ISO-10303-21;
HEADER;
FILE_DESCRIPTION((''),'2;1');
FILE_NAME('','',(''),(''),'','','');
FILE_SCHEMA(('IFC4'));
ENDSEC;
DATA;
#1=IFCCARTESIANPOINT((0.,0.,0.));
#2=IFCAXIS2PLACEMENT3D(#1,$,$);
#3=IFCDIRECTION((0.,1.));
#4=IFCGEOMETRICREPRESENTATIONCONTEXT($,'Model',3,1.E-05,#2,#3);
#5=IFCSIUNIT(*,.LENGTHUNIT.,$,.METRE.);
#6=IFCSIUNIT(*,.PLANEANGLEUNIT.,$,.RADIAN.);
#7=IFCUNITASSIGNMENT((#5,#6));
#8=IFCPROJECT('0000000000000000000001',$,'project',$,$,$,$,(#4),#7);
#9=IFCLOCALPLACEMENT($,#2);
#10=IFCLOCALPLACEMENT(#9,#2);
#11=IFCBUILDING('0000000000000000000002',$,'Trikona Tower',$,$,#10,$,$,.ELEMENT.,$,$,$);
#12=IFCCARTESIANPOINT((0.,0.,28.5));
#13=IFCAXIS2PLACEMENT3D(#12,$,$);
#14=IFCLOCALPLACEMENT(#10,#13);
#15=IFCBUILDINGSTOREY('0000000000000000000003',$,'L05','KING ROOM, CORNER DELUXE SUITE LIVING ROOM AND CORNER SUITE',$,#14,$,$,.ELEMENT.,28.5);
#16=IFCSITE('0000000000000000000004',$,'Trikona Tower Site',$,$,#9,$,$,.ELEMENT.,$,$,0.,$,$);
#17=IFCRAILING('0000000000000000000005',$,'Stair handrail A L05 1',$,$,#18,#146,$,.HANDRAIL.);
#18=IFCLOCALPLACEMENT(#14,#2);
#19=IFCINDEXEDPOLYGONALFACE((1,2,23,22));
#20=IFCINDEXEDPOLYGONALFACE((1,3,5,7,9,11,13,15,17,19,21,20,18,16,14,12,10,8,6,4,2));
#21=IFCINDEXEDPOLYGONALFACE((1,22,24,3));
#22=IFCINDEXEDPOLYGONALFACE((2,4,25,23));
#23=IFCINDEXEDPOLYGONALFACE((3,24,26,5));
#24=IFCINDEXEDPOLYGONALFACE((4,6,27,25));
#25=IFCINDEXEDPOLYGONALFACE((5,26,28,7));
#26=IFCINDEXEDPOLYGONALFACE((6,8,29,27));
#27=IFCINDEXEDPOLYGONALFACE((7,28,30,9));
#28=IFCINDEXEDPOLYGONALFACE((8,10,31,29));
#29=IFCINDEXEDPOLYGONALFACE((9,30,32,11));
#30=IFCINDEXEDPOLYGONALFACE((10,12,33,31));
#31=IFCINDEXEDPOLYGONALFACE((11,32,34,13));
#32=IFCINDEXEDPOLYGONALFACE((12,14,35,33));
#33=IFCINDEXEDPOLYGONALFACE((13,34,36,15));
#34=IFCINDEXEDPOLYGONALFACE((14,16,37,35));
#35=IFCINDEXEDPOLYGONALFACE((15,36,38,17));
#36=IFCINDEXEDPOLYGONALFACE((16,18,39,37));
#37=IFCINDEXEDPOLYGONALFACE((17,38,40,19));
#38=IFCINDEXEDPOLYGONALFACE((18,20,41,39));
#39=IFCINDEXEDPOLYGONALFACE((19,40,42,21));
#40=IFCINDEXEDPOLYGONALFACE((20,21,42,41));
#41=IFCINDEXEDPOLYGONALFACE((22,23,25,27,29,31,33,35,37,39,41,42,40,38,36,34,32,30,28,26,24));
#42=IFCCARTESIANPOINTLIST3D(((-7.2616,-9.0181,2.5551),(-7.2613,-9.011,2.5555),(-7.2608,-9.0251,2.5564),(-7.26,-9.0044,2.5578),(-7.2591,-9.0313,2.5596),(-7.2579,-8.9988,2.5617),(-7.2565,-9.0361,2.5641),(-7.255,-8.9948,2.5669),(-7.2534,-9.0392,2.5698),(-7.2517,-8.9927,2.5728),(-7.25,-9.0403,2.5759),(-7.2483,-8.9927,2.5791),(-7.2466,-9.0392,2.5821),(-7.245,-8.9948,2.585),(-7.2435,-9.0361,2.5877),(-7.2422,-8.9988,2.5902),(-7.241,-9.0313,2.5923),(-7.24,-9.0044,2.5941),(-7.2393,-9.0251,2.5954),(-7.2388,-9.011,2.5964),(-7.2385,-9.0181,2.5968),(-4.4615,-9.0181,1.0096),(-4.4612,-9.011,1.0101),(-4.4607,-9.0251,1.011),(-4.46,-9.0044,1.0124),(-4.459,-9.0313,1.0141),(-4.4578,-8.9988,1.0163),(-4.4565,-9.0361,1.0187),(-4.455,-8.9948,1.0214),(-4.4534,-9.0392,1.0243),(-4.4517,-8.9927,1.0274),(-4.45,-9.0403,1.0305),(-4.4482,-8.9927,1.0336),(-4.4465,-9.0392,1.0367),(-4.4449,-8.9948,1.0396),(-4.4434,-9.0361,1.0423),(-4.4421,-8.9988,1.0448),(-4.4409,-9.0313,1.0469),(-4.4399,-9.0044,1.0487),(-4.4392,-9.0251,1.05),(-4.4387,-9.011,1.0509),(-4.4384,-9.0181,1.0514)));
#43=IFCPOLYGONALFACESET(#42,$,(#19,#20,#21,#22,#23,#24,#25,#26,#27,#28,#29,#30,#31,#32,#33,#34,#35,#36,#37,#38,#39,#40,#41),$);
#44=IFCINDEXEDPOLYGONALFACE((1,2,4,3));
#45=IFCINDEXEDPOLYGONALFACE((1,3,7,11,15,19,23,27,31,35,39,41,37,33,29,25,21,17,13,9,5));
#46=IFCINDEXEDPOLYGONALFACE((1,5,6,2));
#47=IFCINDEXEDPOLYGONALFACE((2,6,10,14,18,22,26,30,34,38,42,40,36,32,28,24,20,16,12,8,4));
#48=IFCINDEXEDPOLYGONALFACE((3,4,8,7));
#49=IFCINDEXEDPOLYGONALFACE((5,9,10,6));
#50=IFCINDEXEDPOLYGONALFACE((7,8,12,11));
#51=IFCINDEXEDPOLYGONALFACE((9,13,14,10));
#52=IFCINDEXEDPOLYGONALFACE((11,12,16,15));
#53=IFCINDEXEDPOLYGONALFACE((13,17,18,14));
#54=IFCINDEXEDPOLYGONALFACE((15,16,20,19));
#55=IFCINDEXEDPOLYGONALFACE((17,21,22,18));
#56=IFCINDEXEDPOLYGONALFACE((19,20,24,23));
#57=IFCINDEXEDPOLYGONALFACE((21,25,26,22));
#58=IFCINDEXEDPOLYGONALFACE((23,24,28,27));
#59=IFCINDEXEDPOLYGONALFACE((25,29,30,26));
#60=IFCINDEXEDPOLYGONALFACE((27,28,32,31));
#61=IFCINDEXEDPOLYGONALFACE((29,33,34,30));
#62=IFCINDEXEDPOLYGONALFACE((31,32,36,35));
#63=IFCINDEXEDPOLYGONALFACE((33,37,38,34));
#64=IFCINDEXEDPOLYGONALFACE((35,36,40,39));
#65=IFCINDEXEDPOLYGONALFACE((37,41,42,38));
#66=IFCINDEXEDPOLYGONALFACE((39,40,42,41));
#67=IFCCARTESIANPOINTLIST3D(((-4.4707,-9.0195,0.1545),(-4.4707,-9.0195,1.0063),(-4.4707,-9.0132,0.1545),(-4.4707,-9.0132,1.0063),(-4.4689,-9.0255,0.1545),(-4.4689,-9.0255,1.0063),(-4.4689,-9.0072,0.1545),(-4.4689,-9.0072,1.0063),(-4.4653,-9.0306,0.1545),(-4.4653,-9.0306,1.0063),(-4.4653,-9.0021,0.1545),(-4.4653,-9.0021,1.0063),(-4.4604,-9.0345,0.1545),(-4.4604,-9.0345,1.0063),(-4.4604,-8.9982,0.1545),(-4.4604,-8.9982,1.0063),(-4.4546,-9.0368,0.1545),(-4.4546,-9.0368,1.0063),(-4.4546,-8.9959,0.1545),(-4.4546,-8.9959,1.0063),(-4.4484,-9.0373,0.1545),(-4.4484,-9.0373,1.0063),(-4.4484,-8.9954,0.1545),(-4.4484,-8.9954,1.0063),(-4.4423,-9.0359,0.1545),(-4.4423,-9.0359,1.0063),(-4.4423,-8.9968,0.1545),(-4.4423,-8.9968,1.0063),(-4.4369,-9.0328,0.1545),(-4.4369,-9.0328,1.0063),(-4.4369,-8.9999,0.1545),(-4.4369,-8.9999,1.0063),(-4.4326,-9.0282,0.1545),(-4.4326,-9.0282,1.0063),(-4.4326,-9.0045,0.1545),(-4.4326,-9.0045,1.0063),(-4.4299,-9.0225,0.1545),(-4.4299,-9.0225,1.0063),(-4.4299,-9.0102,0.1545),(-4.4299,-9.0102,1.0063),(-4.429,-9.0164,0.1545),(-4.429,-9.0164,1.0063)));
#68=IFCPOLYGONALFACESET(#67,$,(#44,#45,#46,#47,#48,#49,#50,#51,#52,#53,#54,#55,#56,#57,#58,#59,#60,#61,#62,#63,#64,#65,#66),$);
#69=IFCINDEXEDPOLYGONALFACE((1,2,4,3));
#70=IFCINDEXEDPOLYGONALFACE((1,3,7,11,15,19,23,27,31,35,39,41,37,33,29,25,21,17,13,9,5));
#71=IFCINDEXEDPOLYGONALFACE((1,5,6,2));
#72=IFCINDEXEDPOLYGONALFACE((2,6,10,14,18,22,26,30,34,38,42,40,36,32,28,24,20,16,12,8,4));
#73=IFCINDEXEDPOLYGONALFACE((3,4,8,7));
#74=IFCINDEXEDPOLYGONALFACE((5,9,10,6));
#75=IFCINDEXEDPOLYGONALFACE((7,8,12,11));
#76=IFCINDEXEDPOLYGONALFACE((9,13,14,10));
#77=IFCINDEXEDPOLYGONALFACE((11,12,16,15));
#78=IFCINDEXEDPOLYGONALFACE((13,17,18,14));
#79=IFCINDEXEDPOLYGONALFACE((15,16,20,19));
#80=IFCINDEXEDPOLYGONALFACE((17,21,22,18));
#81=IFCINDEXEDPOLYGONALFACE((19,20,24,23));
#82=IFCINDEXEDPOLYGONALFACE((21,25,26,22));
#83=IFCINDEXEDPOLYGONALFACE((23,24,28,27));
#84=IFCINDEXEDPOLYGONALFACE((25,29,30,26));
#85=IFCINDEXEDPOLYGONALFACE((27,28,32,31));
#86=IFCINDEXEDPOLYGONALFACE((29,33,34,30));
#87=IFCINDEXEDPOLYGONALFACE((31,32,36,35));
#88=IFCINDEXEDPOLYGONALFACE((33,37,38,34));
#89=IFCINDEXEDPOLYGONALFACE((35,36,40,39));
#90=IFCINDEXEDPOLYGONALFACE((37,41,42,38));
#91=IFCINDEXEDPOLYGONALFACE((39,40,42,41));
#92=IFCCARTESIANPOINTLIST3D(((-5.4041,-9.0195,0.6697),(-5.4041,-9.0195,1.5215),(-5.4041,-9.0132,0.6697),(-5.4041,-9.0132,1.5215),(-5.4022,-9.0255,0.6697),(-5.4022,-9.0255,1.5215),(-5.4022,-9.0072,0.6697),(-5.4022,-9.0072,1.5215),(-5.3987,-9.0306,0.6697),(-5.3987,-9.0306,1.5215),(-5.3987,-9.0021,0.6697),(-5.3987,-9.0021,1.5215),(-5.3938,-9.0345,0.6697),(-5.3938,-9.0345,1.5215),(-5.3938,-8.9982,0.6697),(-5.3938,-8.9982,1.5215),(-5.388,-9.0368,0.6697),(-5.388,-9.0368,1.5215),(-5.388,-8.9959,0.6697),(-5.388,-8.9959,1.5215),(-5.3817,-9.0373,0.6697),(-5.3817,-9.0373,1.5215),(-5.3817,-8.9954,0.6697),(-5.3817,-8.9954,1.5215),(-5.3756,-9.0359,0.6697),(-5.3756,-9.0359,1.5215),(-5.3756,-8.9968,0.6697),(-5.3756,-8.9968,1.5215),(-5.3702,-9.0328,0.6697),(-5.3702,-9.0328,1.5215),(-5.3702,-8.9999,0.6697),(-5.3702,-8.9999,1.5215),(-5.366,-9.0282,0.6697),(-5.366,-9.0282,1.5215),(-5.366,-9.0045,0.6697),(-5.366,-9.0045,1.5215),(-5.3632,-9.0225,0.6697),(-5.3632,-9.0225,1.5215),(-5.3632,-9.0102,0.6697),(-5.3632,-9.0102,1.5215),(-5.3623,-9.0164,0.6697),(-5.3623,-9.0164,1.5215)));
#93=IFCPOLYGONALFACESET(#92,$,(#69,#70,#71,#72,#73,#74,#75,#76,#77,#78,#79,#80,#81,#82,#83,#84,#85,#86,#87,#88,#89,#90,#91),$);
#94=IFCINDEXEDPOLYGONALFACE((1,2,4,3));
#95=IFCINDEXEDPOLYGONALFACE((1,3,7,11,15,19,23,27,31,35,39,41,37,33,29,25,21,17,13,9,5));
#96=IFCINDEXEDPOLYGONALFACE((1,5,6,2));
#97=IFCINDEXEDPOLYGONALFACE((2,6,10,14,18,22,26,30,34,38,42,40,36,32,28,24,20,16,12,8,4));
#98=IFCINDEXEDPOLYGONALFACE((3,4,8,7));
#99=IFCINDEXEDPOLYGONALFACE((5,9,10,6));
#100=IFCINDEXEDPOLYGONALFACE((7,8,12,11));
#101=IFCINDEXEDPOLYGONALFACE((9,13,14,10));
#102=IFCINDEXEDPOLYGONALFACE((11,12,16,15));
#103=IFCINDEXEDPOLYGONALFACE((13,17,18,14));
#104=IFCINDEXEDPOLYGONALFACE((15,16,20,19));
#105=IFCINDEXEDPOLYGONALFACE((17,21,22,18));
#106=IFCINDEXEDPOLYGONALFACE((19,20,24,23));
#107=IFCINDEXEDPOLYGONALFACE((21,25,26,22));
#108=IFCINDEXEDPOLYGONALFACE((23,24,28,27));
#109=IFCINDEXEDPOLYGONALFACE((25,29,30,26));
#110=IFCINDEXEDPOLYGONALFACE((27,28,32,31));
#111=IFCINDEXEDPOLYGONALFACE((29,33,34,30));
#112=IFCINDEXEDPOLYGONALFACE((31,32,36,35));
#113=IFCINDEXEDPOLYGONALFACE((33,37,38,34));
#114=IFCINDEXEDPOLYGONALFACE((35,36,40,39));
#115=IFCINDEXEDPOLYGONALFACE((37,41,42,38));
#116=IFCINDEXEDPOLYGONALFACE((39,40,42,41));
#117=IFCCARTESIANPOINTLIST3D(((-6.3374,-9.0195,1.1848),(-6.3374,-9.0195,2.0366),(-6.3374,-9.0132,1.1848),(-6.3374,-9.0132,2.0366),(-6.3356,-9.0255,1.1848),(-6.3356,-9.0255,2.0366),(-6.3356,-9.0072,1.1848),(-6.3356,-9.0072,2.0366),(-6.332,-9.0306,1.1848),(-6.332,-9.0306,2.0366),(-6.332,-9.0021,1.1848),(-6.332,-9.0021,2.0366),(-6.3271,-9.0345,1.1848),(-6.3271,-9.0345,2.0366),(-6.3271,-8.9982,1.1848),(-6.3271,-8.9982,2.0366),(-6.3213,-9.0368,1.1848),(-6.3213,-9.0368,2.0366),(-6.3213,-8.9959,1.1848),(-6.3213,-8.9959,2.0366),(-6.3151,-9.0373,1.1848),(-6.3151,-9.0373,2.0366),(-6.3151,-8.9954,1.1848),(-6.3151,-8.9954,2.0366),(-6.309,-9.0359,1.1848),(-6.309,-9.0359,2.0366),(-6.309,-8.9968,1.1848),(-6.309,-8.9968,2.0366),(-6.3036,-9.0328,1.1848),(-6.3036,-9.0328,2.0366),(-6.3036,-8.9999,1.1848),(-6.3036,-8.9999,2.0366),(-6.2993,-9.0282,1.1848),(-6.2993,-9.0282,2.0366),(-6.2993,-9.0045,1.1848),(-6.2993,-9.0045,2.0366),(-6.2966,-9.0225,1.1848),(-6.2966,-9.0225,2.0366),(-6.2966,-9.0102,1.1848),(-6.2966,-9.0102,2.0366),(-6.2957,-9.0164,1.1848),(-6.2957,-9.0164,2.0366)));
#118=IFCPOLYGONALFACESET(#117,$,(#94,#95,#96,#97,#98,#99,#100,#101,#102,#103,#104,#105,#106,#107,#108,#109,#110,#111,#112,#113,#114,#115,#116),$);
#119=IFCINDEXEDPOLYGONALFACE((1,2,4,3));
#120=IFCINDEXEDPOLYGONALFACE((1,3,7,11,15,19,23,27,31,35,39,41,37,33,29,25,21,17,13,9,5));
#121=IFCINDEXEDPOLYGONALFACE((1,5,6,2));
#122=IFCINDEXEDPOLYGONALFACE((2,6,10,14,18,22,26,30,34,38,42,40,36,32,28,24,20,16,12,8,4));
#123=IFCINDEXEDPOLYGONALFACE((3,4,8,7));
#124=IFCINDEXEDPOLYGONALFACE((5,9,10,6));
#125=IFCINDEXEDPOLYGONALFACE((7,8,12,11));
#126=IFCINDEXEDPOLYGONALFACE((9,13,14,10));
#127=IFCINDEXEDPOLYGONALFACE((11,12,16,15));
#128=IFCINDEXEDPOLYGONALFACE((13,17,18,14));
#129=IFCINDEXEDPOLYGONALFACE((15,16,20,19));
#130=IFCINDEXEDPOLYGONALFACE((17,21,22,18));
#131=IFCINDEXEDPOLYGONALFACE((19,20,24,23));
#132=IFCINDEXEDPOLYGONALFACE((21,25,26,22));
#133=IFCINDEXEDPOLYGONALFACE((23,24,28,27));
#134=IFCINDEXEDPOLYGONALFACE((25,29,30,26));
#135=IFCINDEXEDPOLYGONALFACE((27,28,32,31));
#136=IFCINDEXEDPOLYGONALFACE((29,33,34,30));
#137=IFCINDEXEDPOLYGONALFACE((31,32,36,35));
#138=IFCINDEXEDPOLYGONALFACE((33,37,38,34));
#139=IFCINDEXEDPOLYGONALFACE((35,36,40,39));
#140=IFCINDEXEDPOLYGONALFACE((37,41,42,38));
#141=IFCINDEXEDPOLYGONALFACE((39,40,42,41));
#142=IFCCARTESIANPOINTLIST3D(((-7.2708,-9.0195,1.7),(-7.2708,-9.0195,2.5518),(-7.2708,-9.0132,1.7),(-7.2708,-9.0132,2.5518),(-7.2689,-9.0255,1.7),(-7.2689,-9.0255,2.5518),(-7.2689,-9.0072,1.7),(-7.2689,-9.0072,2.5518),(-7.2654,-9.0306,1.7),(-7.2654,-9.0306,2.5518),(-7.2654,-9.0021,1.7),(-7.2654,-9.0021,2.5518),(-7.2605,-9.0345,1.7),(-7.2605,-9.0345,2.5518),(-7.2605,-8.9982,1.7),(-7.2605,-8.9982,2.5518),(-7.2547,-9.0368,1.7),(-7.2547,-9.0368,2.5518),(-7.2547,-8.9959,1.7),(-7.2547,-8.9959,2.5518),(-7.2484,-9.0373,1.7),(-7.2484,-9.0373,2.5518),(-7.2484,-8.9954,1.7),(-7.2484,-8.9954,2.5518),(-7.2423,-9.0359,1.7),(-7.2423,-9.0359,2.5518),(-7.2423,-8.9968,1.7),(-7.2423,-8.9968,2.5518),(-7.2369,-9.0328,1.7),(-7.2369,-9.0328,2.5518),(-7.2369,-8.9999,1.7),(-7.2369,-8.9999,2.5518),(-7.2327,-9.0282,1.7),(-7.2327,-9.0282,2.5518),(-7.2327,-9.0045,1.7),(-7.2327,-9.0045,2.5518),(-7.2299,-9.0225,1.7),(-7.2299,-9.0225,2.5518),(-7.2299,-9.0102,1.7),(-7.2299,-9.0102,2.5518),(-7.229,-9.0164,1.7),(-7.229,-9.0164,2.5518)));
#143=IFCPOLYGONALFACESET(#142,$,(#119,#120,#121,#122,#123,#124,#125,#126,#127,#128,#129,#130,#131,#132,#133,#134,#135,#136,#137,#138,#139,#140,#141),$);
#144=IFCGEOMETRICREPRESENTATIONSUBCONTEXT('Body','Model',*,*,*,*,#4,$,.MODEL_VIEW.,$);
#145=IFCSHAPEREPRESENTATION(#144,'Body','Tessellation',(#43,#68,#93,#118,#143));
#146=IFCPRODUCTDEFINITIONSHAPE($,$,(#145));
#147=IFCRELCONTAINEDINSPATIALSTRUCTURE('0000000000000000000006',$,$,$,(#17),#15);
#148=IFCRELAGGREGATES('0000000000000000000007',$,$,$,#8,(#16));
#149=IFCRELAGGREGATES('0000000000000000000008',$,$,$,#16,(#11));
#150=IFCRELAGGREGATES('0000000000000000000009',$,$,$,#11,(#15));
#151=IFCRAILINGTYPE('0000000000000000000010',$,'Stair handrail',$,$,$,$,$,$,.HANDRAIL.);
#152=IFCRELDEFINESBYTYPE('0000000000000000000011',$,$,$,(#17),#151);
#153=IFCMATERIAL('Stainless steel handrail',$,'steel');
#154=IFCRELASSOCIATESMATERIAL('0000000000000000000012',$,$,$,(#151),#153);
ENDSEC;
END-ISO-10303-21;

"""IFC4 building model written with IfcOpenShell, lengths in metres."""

from ifc_helpers import new_model, si_unit, direction, frame, origin, origin_2d, place, context, subcontext, project, spatial, circle, extrude, material, type_object, element, save


model = new_model("IFC4")

# Units and contexts
model_context = context("Model", 3, precision=1e-05, world=origin(), true_north=direction((0.0, 1.0)))
body_context = subcontext(model_context, "Body", "Model", "MODEL_VIEW")
ifc_project = project(units=[si_unit("LENGTHUNIT", "METRE"), si_unit("PLANEANGLEUNIT", "RADIAN")], contexts=[model_context])

# Site, building, storey
site_placement = place(None, origin())
site = spatial("IfcSite", under=ifc_project, at=site_placement, Name="Trikona Tower Site", CompositionType="ELEMENT", RefElevation=0.0)
building_placement = place(site_placement, origin())
building = spatial("IfcBuilding", under=site, at=building_placement, Name="Trikona Tower", CompositionType="ELEMENT")
storey_placement = place(building_placement, frame((0.0, 0.0, 28.5)))
storey = spatial("IfcBuildingStorey", under=building, at=storey_placement, Name="L05", Description="KING ROOM, CORNER DELUXE SUITE LIVING ROOM AND CORNER SUITE", CompositionType="ELEMENT", Elevation=28.5)

# Railing
ifc_material_1 = material(Name="Stainless steel handrail", Category="steel")
railing_type = type_object("IfcRailingType", Name="Stair handrail", PredefinedType="HANDRAIL", material=ifc_material_1)
railing_1_placement = place(storey_placement, frame((-4.45, -9.0164, 0.1545)))
element("IfcRailing", 1, at=railing_1_placement, inside=storey, type_object=railing_type, Name="Stair handrail A L05 1", PredefinedType="HANDRAIL", context=body_context, shape_type="SweptSolid", body=[
    extrude(circle(Radius=0.0239, at=origin_2d()), frame((0.0, 0.0, 0.876), z_axis=(-0.875504, 0.0, 0.483211), x_axis=(0.0, -1.0, 0.0)), (0.0, 0.0, 1.0), 3.1982),
    extrude(circle(Radius=0.021, at=origin_2d()), origin(), (0.0, 0.0, 1.0), 0.8518),
    extrude(circle(Radius=0.021, at=origin_2d()), frame((-0.9333, 0.0, 0.5151)), (0.0, 0.0, 1.0), 0.8518),
    extrude(circle(Radius=0.021, at=origin_2d()), frame((-1.8667, 0.0, 1.0303)), (0.0, 0.0, 1.0), 0.8518),
    extrude(circle(Radius=0.021, at=origin_2d()), frame((-2.8, 0.0, 1.5454)), (0.0, 0.0, 1.0), 0.8518),
])

save(model, "model.ifc")
